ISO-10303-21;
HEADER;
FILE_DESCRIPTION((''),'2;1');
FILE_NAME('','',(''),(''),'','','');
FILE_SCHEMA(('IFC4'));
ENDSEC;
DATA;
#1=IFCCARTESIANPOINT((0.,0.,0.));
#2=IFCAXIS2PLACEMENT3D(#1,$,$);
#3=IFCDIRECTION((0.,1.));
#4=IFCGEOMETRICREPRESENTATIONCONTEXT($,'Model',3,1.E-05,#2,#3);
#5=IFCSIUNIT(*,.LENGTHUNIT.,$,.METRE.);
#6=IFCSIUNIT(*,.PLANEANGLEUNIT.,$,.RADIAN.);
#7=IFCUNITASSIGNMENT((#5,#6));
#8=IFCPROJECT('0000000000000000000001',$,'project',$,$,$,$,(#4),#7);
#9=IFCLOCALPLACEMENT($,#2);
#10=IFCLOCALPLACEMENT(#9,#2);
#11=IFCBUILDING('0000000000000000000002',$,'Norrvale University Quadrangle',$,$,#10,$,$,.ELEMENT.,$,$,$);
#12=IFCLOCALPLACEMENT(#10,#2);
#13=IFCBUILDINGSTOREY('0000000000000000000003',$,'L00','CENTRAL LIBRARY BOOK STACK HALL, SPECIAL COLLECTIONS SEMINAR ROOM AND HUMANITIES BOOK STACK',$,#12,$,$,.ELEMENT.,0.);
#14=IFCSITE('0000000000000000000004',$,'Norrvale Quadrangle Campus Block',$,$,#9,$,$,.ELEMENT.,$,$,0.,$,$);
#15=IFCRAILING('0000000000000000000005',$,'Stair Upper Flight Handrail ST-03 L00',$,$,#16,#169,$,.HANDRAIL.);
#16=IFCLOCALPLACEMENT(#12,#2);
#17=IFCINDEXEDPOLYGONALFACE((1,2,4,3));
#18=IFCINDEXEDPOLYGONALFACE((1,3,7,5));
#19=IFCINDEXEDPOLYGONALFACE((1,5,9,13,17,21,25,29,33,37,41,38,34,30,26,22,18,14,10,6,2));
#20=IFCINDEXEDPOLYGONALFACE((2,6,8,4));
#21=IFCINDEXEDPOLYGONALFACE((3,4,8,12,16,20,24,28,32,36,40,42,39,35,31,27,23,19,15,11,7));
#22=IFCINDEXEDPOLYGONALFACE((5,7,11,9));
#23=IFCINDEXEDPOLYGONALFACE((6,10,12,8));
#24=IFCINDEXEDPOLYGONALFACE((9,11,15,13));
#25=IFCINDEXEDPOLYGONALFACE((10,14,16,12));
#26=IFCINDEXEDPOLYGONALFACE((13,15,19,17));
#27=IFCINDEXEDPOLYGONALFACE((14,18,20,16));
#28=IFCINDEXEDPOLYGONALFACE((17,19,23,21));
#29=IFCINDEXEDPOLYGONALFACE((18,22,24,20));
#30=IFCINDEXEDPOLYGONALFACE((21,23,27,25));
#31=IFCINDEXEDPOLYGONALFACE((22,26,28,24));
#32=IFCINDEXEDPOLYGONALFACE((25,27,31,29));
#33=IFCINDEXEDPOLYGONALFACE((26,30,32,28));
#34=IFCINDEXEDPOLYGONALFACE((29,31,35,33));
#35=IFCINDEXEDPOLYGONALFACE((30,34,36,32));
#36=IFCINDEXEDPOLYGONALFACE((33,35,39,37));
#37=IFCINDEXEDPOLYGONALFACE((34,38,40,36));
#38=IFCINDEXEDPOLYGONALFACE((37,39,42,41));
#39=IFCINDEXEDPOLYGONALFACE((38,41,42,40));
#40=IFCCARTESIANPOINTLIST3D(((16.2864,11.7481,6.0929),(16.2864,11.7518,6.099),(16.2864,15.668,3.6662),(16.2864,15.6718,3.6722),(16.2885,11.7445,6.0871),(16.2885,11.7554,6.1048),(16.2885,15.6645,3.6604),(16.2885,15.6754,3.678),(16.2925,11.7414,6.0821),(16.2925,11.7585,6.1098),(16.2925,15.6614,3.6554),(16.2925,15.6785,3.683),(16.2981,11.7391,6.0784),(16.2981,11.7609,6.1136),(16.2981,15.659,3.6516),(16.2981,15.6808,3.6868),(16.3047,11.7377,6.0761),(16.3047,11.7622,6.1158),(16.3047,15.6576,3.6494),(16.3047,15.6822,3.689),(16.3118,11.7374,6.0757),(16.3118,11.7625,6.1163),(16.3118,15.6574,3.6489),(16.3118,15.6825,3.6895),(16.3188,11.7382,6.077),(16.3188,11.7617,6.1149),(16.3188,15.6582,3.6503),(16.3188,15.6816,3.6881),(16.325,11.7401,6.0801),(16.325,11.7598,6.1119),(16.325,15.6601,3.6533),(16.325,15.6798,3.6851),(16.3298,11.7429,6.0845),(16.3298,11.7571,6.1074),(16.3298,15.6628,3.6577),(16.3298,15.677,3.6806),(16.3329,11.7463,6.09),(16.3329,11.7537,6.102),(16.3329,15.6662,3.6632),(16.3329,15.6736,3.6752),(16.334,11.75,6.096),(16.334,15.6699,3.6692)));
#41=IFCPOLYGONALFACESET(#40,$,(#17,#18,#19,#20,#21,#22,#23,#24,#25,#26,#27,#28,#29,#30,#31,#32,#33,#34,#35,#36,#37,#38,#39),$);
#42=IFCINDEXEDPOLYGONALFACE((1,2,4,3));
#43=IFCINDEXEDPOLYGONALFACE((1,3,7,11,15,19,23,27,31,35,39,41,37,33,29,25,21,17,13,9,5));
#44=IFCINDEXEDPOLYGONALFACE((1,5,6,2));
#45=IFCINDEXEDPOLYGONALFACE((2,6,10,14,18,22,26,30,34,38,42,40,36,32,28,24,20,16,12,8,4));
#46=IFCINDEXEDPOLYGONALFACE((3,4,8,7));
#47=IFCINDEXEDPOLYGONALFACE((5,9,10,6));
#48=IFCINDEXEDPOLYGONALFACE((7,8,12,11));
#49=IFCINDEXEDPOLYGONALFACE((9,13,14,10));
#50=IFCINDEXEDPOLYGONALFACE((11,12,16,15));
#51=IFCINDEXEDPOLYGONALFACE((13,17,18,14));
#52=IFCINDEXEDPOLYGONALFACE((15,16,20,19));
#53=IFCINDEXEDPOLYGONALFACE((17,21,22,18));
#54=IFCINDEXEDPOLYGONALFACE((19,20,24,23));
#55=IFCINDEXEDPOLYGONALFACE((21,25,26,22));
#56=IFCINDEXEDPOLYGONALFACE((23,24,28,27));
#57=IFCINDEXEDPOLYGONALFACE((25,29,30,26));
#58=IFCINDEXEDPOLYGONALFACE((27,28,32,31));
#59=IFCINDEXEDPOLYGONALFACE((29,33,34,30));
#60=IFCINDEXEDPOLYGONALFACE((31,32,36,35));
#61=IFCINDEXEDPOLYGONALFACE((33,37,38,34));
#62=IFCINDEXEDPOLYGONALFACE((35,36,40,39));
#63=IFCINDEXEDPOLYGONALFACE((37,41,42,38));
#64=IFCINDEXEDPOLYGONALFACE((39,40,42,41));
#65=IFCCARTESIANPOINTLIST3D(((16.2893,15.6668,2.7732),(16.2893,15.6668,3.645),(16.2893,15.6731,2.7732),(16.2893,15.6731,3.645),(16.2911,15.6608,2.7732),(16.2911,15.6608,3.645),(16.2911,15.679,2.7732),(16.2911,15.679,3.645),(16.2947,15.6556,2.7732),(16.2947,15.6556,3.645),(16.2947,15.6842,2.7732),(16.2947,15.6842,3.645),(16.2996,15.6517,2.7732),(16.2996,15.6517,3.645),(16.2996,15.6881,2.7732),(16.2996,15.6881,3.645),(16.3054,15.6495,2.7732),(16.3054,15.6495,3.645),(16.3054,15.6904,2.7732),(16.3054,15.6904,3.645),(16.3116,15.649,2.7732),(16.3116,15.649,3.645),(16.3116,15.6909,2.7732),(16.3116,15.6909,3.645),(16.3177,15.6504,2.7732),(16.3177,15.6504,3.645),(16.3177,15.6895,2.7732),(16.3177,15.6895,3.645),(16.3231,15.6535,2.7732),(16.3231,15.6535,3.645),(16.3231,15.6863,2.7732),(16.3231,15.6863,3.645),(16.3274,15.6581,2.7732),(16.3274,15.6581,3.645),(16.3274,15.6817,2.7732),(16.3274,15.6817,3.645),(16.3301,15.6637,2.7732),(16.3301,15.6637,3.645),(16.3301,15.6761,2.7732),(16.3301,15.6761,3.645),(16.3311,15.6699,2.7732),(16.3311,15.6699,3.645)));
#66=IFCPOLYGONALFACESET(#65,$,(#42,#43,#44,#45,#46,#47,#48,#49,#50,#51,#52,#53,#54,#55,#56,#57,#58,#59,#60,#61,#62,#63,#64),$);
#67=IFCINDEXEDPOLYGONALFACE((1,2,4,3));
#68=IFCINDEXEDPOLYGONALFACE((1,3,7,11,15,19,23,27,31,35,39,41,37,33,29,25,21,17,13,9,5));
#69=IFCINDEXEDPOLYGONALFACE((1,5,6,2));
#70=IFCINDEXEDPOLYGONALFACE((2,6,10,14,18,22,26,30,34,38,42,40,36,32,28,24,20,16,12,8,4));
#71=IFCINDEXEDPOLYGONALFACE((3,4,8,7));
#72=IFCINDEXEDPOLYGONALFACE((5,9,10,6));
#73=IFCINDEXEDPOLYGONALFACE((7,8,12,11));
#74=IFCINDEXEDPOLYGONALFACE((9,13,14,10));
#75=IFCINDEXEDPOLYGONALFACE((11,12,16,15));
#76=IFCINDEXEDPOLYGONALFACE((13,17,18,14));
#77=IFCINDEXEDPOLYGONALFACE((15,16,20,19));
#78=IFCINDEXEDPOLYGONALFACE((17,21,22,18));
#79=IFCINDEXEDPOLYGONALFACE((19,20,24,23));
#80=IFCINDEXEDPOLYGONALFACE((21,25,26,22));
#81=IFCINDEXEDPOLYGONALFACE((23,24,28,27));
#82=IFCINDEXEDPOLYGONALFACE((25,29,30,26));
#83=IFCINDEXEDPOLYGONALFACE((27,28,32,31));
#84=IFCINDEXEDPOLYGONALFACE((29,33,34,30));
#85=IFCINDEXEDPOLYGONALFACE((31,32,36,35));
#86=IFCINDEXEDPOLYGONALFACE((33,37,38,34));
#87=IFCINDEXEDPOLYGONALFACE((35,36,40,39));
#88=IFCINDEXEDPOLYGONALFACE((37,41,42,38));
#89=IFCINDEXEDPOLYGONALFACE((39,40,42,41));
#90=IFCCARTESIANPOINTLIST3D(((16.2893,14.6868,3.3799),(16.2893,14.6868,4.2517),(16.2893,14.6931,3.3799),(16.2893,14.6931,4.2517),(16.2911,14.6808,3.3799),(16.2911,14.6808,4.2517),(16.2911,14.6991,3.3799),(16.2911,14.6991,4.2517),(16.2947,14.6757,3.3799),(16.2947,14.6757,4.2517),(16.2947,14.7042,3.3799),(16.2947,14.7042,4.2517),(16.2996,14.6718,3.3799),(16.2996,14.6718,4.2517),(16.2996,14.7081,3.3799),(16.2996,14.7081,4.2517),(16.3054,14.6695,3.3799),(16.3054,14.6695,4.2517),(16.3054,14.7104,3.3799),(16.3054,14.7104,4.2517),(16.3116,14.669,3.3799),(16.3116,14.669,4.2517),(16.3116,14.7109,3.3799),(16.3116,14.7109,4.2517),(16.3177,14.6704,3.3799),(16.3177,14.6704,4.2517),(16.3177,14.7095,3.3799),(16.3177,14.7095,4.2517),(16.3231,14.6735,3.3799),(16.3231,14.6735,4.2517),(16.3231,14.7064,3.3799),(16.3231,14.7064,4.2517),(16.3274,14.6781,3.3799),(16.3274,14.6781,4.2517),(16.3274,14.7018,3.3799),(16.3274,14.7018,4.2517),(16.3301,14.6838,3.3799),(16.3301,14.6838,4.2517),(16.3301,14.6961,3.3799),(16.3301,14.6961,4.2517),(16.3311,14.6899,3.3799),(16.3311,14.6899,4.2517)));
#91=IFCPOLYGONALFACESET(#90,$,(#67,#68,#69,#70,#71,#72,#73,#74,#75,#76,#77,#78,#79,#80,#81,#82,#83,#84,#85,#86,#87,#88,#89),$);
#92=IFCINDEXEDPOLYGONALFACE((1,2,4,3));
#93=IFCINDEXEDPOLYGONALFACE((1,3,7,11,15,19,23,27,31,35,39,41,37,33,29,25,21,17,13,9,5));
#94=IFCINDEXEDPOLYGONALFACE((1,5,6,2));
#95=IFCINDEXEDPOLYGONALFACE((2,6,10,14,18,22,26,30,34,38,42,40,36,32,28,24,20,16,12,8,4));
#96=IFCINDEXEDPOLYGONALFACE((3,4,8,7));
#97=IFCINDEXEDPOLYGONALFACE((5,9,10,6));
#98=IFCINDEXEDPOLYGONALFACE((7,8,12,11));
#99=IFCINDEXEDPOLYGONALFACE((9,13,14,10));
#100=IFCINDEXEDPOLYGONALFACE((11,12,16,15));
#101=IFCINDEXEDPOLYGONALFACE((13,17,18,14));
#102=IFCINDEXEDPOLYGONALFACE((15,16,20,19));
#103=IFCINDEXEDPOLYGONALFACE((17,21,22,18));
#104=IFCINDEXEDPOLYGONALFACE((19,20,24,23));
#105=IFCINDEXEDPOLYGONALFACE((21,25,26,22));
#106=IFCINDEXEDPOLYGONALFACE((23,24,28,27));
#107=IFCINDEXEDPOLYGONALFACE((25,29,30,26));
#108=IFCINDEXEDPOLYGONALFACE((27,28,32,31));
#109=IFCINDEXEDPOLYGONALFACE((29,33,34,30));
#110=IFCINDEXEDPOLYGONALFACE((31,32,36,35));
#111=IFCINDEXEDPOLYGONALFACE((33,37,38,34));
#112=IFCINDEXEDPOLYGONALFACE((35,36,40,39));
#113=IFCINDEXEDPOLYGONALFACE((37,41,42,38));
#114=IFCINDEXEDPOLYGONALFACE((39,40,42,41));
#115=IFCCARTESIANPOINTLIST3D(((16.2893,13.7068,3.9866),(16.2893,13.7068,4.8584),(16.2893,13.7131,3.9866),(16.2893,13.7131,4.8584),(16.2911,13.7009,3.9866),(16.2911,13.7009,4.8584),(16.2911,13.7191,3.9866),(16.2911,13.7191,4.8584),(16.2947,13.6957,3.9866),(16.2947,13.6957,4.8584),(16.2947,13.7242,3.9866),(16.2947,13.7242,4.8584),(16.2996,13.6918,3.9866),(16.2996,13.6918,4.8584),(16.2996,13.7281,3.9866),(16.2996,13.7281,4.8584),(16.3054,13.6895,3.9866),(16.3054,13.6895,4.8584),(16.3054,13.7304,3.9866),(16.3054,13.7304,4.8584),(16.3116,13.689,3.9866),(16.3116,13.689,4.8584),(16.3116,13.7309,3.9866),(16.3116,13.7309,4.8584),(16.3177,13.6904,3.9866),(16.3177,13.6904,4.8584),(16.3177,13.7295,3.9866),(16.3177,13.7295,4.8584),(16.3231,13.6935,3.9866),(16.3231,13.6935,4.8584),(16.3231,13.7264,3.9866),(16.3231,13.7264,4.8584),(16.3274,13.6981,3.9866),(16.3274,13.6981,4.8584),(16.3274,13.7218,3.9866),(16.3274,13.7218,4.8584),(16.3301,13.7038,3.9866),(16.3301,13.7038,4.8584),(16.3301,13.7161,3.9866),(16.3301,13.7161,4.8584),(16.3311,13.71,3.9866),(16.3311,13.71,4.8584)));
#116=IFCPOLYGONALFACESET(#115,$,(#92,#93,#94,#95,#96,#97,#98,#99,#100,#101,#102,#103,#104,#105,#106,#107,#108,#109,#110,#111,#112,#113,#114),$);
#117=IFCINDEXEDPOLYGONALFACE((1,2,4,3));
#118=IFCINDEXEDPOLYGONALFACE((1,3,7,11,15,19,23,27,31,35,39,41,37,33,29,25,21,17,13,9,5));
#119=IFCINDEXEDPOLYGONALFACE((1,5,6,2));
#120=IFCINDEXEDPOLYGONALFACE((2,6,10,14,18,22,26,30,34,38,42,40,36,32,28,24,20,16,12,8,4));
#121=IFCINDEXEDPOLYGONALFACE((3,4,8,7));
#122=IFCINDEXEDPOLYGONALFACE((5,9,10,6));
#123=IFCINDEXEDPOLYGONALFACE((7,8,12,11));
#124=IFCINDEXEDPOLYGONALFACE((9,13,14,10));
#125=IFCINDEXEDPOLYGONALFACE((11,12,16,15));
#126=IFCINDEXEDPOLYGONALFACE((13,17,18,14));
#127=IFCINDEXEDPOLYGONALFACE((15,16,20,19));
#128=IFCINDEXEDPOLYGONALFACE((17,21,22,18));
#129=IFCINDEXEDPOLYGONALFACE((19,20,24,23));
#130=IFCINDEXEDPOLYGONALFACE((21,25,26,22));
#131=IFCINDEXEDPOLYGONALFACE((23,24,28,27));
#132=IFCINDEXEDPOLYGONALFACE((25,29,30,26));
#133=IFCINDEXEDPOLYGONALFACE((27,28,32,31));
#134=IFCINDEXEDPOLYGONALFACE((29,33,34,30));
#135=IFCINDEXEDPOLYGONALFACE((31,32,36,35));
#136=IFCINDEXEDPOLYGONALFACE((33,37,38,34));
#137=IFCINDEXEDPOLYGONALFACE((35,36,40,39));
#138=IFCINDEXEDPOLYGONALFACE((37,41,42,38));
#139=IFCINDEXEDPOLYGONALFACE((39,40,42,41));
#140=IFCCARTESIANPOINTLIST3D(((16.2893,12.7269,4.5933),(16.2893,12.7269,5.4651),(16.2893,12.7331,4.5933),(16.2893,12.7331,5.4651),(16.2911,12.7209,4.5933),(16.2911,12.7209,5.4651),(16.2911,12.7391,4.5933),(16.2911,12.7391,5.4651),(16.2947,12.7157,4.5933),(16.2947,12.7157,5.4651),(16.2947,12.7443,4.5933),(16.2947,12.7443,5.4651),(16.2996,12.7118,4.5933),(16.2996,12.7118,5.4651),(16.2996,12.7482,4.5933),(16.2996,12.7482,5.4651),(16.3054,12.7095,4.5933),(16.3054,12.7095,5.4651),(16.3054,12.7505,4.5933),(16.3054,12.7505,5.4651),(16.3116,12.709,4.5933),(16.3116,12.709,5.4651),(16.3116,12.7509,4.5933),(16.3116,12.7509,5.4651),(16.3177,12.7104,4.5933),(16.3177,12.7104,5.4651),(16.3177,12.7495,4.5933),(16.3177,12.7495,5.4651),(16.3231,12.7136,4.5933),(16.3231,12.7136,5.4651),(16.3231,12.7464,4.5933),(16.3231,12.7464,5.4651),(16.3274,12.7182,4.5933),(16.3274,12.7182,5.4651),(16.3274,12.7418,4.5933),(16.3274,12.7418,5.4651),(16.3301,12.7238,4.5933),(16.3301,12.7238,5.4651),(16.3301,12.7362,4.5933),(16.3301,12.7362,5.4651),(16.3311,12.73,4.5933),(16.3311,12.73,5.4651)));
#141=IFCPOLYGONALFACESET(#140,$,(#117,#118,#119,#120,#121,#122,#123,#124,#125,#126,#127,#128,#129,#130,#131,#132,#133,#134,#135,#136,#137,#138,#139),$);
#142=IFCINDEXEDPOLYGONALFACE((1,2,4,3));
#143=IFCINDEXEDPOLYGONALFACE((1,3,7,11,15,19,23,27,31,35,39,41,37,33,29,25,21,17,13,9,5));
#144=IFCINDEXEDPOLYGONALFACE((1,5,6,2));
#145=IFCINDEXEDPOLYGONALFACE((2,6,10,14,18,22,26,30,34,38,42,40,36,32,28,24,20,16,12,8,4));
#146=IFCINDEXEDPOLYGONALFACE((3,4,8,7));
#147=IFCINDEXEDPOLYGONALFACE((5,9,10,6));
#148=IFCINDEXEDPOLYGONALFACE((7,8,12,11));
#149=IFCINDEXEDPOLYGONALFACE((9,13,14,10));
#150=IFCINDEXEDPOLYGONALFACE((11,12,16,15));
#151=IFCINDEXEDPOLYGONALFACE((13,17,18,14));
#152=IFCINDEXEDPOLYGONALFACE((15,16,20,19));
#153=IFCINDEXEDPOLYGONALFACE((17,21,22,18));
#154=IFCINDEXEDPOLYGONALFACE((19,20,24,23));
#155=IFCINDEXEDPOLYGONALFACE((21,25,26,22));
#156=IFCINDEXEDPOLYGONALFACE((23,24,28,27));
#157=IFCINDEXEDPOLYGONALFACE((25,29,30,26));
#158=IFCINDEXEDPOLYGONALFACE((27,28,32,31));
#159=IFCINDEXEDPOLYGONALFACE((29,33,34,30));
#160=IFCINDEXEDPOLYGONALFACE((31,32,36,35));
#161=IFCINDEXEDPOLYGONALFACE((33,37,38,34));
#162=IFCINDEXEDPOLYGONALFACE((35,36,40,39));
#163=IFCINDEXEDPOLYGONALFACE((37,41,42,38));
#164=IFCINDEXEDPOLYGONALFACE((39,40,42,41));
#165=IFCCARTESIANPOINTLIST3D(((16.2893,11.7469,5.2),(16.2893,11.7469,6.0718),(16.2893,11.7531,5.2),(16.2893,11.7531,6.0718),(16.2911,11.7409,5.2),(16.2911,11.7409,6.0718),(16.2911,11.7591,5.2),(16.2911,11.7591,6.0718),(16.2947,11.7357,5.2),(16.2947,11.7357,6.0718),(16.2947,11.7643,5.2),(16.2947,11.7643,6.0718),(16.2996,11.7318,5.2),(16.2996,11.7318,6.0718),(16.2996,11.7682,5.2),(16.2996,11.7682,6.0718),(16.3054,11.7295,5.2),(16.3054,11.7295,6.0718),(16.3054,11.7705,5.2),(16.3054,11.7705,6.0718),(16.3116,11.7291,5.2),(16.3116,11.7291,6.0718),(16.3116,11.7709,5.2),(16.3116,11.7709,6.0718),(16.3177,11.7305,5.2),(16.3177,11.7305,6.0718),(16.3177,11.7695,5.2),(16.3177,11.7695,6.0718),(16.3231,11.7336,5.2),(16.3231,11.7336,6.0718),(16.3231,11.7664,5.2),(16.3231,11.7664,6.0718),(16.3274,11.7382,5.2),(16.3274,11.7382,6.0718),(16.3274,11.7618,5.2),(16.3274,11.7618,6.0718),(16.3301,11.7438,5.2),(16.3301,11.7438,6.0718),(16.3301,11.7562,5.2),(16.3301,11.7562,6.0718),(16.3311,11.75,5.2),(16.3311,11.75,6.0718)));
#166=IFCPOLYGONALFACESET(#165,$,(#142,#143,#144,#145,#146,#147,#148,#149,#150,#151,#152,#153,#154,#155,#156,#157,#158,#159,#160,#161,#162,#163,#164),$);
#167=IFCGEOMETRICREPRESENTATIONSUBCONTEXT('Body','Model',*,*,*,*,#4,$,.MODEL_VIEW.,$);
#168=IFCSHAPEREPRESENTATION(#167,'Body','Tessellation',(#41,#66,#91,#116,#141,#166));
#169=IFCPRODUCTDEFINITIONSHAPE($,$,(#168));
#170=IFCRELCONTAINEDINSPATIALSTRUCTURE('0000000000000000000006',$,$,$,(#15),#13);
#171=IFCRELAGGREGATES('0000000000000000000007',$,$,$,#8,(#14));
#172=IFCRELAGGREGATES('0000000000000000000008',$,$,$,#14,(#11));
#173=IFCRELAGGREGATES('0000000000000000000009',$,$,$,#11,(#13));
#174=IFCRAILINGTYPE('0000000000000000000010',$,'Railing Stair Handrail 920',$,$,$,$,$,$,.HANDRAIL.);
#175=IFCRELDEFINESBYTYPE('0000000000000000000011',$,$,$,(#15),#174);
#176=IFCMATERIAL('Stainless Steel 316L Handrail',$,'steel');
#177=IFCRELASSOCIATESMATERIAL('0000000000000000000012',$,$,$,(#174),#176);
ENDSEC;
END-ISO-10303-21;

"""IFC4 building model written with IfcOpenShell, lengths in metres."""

from ifc_helpers import new_model, si_unit, direction, frame, origin, origin_2d, place, context, subcontext, project, spatial, circle, extrude, material, type_object, element, save


model = new_model("IFC4")

# Units and contexts
model_context = context("Model", 3, precision=1e-05, world=origin(), true_north=direction((0.0, 1.0)))
body_context = subcontext(model_context, "Body", "Model", "MODEL_VIEW")
ifc_project = project(units=[si_unit("LENGTHUNIT", "METRE"), si_unit("PLANEANGLEUNIT", "RADIAN")], contexts=[model_context])

# Site, building, storey
site_placement = place(None, origin())
site = spatial("IfcSite", under=ifc_project, at=site_placement, Name="Norrvale Quadrangle Campus Block", CompositionType="ELEMENT", RefElevation=0.0)
building_placement = place(site_placement, origin())
building = spatial("IfcBuilding", under=site, at=building_placement, Name="Norrvale University Quadrangle", CompositionType="ELEMENT")
storey_placement = place(building_placement, origin())
storey = spatial("IfcBuildingStorey", under=building, at=storey_placement, Name="L00", Description="CENTRAL LIBRARY BOOK STACK HALL, SPECIAL COLLECTIONS SEMINAR ROOM AND HUMANITIES BOOK STACK", CompositionType="ELEMENT", Elevation=0.0)

# Railing
ifc_material_1 = material(Name="Stainless Steel 316L Handrail", Category="steel")
railing_type_1 = type_object("IfcRailingType", Name="Railing Stair Handrail 920", PredefinedType="HANDRAIL", material=ifc_material_1)
railing_1_placement = place(storey_placement, frame((16.3101, 15.6699, 2.7732)))
element("IfcRailing", 1, at=railing_1_placement, inside=storey, type_object=railing_type_1, Name="Stair Upper Flight Handrail ST-03 L00", PredefinedType="HANDRAIL", context=body_context, shape_type="SweptSolid", body=[
    extrude(circle(Radius=0.0239, at=origin_2d()), frame((0.0, 0.0, 0.896), z_axis=(0.0, -0.850252, 0.526376), x_axis=(1.0, 0.0, 0.0)), (0.0, 0.0, 1.0), 4.6104),
    extrude(circle(Radius=0.021, at=origin_2d()), origin(), (0.0, 0.0, 1.0), 0.8718),
    extrude(circle(Radius=0.021, at=origin_2d()), frame((0.0, -0.98, 0.6067)), (0.0, 0.0, 1.0), 0.8718),
    extrude(circle(Radius=0.021, at=origin_2d()), frame((0.0, -1.96, 1.2134)), (0.0, 0.0, 1.0), 0.8718),
    extrude(circle(Radius=0.021, at=origin_2d()), frame((0.0, -2.9399, 1.8201)), (0.0, 0.0, 1.0), 0.8718),
    extrude(circle(Radius=0.021, at=origin_2d()), frame((0.0, -3.9199, 2.4268)), (0.0, 0.0, 1.0), 0.8718),
])

save(model, "model.ifc")
